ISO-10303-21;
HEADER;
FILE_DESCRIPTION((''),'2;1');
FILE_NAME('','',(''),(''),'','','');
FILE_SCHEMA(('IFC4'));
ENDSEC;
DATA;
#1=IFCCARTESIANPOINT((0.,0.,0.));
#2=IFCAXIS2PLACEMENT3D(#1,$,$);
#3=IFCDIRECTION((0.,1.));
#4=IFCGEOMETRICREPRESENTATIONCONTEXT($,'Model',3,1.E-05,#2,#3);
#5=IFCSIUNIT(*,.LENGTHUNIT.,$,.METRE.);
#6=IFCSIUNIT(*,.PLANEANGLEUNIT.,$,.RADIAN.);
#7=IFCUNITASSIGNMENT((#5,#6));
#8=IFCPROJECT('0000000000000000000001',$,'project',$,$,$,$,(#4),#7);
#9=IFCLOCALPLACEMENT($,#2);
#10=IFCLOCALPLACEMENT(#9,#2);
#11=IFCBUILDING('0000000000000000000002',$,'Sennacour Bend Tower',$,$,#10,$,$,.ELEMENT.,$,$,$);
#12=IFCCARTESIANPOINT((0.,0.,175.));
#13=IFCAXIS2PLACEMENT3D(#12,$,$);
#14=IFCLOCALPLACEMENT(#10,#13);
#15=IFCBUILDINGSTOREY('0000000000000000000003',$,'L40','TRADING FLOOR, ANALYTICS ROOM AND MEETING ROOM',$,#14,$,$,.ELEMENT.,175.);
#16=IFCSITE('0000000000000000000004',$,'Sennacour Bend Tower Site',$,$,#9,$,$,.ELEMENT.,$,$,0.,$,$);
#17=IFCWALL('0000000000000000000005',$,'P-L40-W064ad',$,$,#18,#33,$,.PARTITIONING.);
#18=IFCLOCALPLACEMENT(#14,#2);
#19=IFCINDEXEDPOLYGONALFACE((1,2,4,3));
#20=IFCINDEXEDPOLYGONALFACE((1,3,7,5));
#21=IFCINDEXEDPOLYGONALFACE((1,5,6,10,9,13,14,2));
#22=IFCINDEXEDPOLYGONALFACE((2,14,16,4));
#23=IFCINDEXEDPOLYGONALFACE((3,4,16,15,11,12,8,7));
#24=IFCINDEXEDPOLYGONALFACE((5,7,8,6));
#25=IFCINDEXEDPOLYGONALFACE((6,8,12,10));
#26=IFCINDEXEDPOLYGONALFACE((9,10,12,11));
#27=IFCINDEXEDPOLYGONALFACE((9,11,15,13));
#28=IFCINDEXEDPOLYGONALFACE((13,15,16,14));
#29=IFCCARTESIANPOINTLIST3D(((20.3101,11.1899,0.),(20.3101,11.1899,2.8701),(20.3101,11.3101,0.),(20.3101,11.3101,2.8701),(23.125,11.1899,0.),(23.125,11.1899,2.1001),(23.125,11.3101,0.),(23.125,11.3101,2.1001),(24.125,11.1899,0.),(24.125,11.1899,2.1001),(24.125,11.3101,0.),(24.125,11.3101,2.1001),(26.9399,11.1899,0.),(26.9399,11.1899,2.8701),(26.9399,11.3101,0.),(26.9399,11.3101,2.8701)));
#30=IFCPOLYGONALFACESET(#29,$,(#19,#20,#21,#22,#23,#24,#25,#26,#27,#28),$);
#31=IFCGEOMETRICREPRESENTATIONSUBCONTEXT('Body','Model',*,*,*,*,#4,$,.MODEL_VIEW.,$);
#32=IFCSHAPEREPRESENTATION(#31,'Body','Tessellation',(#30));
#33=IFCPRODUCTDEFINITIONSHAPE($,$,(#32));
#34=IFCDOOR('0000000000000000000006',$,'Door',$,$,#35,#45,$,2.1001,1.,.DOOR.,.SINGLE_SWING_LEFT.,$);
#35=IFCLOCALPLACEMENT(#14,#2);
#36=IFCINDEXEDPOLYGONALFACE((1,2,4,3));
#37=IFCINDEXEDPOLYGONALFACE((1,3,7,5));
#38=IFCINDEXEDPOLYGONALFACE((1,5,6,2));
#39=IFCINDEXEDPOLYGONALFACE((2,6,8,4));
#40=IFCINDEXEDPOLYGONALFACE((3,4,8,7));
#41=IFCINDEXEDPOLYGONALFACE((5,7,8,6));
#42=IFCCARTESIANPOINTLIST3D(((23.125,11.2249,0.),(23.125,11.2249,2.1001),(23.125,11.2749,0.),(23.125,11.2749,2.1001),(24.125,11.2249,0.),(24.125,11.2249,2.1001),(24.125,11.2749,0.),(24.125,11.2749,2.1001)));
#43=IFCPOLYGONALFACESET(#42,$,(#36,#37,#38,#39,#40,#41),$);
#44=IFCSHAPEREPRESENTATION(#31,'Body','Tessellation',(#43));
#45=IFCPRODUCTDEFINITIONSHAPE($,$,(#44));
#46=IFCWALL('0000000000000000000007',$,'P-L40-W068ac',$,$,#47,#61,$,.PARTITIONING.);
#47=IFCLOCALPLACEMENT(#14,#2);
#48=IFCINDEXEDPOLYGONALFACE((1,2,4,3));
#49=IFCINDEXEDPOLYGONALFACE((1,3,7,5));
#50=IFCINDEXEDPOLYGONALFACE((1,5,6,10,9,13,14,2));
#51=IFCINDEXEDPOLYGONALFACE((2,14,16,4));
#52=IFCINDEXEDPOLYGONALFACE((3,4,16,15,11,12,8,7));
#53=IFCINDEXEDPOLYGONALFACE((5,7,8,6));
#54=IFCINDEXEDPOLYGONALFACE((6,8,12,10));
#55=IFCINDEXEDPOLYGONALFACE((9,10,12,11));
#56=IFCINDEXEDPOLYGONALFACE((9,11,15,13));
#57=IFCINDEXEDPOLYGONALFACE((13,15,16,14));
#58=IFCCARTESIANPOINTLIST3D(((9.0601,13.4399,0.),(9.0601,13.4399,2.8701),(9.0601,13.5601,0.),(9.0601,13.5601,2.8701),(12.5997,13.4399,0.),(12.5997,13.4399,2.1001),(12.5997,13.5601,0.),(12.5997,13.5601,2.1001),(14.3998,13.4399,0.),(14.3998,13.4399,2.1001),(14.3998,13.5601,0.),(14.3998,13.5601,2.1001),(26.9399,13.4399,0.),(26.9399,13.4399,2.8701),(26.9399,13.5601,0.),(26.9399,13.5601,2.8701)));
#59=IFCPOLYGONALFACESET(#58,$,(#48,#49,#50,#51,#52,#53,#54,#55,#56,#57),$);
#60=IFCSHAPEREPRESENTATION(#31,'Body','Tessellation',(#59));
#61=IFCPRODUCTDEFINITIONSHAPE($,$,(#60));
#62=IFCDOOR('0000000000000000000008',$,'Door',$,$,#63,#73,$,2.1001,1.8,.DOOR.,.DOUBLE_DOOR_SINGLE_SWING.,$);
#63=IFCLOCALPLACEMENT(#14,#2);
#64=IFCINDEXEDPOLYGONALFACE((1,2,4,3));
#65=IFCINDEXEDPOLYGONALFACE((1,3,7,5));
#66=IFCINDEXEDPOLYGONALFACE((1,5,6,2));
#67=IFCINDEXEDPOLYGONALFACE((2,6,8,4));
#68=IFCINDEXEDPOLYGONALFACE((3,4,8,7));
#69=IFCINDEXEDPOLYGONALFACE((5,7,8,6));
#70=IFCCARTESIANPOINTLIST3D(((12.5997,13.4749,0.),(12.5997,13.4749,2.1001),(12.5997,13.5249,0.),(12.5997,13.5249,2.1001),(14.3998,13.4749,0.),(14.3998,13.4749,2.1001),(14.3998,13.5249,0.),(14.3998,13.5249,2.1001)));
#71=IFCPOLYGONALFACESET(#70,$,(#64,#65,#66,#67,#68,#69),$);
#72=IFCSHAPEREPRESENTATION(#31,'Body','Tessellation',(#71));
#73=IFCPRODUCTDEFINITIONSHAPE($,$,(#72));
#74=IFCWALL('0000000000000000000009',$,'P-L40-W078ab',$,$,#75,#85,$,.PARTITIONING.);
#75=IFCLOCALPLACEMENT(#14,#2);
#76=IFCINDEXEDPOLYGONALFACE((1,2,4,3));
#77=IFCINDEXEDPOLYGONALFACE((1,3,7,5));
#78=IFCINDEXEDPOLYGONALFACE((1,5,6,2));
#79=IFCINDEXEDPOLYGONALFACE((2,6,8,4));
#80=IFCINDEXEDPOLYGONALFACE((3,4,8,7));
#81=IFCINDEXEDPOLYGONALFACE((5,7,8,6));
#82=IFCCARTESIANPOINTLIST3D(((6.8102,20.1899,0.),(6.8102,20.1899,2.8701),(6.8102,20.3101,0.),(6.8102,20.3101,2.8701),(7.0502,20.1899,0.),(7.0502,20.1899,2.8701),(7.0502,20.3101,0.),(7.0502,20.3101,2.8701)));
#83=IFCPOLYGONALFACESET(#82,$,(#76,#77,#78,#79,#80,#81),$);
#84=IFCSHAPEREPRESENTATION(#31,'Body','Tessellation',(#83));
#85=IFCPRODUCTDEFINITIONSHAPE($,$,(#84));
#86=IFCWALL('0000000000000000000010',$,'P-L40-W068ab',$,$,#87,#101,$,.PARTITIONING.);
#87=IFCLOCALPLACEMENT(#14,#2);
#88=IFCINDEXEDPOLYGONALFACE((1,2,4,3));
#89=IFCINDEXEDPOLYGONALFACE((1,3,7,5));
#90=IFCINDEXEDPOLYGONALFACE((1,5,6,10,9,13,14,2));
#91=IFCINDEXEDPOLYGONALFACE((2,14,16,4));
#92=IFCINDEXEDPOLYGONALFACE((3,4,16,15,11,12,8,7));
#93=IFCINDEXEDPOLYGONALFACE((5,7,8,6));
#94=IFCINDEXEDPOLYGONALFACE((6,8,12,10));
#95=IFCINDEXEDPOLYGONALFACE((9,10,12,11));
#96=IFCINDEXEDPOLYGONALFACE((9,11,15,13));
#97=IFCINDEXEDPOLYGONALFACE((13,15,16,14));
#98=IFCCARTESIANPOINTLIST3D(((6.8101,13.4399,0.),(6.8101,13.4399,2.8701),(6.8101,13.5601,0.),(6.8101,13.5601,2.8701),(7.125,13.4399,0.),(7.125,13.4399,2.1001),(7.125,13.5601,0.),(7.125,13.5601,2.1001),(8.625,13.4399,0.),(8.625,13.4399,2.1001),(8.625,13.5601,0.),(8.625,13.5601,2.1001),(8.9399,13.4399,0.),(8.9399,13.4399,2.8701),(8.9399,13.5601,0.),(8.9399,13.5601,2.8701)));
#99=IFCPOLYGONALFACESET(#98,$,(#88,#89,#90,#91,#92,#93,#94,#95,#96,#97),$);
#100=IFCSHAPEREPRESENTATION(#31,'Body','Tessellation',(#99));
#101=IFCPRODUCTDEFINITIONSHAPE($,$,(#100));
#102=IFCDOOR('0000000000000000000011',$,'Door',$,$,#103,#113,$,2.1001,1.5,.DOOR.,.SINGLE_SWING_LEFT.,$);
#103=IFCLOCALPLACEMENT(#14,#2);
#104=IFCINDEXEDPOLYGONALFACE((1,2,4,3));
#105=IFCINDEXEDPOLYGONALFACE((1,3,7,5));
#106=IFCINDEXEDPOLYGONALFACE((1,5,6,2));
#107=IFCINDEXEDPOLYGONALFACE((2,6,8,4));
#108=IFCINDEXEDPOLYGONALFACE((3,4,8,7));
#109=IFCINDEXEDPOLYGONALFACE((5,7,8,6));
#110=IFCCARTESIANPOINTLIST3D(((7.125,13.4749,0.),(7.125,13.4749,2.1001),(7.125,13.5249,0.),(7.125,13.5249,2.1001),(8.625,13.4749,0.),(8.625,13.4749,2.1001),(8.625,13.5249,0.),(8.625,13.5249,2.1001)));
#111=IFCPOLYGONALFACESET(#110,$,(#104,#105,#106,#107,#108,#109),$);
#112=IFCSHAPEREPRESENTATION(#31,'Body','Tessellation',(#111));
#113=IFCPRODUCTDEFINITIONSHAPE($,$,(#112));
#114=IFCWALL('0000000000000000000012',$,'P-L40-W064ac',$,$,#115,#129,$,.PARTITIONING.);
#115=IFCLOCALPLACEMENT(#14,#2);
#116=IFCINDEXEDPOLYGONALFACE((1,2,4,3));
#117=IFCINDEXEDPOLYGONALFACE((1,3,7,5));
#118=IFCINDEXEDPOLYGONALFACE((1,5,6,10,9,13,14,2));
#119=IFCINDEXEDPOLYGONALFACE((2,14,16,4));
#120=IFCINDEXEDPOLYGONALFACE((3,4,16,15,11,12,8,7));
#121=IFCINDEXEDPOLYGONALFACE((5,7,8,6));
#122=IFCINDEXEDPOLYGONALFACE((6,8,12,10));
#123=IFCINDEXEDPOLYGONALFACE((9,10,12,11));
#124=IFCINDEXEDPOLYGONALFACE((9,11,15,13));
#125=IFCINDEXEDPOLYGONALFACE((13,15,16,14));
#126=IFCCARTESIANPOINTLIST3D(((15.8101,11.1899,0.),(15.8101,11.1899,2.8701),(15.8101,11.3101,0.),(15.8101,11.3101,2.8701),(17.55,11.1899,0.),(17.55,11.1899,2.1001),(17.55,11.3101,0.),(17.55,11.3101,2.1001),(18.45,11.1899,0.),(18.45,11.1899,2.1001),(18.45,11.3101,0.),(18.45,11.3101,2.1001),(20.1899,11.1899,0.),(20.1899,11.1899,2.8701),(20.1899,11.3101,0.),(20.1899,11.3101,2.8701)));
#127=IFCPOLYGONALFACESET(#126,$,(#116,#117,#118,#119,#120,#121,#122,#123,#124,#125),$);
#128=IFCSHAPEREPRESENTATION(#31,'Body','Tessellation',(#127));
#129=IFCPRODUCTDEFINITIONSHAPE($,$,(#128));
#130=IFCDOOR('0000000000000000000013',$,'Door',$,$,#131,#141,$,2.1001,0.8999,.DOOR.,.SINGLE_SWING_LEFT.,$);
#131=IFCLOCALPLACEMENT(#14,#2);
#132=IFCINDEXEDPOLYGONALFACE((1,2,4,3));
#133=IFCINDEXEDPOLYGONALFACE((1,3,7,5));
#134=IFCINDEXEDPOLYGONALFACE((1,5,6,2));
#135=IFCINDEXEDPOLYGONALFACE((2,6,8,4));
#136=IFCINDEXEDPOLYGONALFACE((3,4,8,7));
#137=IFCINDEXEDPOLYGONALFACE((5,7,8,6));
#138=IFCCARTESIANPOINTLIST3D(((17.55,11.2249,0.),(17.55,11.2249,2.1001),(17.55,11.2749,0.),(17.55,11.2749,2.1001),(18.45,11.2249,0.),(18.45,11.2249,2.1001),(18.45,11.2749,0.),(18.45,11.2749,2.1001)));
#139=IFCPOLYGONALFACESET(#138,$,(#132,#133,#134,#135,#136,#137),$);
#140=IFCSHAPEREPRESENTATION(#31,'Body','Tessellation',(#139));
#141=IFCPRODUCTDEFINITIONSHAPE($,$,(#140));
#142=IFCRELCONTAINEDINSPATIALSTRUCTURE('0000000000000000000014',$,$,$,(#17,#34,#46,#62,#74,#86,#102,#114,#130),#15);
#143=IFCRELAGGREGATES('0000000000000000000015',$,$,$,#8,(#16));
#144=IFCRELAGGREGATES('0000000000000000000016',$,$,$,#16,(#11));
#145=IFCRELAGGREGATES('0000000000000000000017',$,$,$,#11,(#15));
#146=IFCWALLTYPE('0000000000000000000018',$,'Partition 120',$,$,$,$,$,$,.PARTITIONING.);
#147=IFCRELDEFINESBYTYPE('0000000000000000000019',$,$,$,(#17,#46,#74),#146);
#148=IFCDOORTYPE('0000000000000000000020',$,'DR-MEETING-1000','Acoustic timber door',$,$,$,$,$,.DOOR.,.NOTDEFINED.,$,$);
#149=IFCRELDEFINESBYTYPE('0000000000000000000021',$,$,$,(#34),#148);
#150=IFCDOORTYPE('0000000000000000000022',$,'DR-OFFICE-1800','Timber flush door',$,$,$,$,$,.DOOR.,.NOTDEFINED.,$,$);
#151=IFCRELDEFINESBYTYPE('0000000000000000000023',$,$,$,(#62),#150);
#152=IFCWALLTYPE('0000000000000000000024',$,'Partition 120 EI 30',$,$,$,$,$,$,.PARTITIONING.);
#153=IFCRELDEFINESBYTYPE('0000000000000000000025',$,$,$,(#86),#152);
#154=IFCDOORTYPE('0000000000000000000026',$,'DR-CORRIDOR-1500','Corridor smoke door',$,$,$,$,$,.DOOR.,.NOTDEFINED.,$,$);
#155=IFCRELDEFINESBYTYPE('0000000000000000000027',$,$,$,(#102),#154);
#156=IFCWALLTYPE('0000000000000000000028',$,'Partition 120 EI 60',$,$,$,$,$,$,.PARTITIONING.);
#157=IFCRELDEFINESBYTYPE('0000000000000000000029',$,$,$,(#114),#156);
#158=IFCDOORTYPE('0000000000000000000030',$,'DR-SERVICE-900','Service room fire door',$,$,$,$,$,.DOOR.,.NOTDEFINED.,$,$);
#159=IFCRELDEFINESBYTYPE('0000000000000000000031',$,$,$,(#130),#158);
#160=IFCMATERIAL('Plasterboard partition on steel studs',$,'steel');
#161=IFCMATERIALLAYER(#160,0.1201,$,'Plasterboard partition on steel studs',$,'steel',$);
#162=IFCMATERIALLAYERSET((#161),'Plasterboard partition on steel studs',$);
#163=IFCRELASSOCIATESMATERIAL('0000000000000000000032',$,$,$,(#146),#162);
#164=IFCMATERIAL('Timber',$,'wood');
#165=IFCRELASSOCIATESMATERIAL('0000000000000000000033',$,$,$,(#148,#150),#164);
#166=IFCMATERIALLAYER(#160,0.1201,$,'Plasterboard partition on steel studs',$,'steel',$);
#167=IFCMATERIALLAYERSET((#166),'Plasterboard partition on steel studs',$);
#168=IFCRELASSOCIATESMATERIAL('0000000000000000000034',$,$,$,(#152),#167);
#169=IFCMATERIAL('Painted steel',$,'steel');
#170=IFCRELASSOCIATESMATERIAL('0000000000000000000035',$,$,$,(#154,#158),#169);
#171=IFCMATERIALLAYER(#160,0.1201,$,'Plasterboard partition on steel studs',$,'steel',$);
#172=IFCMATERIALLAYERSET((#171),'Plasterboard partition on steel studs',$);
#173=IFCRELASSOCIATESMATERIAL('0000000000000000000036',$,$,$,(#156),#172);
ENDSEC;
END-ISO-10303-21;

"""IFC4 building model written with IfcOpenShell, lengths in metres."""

from ifc_helpers import new_model, si_unit, direction, frame, frame_2d, origin, place, context, subcontext, project, spatial, rectangle, extrude, material, layer, layer_set, type_object, element, fill, save


model = new_model("IFC4")

# Units and contexts
model_context = context("Model", 3, precision=1e-05, world=origin(), true_north=direction((0.0, 1.0)))
body_context = subcontext(model_context, "Body", "Model", "MODEL_VIEW")
ifc_project = project(units=[si_unit("LENGTHUNIT", "METRE"), si_unit("PLANEANGLEUNIT", "RADIAN")], contexts=[model_context])

# Site, building, storey
site_placement = place(None, origin())
site = spatial("IfcSite", under=ifc_project, at=site_placement, Name="Sennacour Bend Tower Site", CompositionType="ELEMENT", RefElevation=0.0)
building_placement = place(site_placement, origin())
building = spatial("IfcBuilding", under=site, at=building_placement, Name="Sennacour Bend Tower", CompositionType="ELEMENT")
storey_placement = place(building_placement, frame((0.0, 0.0, 175.0)))
storey = spatial("IfcBuildingStorey", under=building, at=storey_placement, Name="L40", Description="TRADING FLOOR, ANALYTICS ROOM AND MEETING ROOM", CompositionType="ELEMENT", Elevation=175.0)

# Shared definitions
ifc_material_1 = material(Name="Plasterboard partition on steel studs", Category="steel")
ifc_layer_1 = layer(ifc_material_1, 0.1201, Name="Plasterboard partition on steel studs", Category="steel")
ifc_layer_set_1 = layer_set([ifc_layer_1], Name="Plasterboard partition on steel studs")
wall_type_1 = type_object("IfcWallType", Name="Partition 120", PredefinedType="PARTITIONING", material=ifc_layer_set_1)
ifc_material_2 = material(Name="Timber", Category="wood")

# Walls, openings, doors
wall_1_placement = place(storey_placement, frame((20.3101, 11.25, 0.0), z_axis=(0.0, 0.0, 1.0), x_axis=(1.0, 0.0, 0.0)))
wall_1 = element("IfcWall", 1, at=wall_1_placement, inside=storey, type_object=wall_type_1, Name="P-L40-W064ad", PredefinedType="PARTITIONING", context=body_context, shape_type="SweptSolid", body=[
    extrude(rectangle(XDim=6.6299, YDim=0.1201, at=frame_2d((3.3149, 0.0))), origin(), (0.0, 0.0, 1.0), 2.8701),
])
opening_1_placement = place(wall_1_placement, frame((2.8149, 0.0, 0.0)))
opening_1 = element("IfcOpeningElement", 2, at=opening_1_placement, cuts=wall_1, PredefinedType="OPENING", context=body_context, shape_type="SweptSolid", body=[
    extrude(rectangle(XDim=1.0, YDim=2.1001, at=frame_2d((0.5, 1.05))), frame((0.0, 0.0701, 0.0), z_axis=(0.0, -1.0, 0.0), x_axis=(1.0, 0.0, 0.0)), (0.0, 0.0, 1.0), 0.1401),
])
door_type_1 = type_object("IfcDoorType", Name="DR-MEETING-1000", Description="Acoustic timber door", OperationType="NOTDEFINED", PredefinedType="DOOR", material=ifc_material_2)
door_1_placement = place(opening_1_placement, origin())
door_1 = element("IfcDoor", 3, at=door_1_placement, inside=storey, type_object=door_type_1, Name="Door", OperationType="SINGLE_SWING_LEFT", OverallHeight=2.1001, OverallWidth=1.0, PredefinedType="DOOR", context=body_context, shape_type="SweptSolid", body=[
    extrude(rectangle(XDim=1.0, YDim=2.1001, at=frame_2d((0.5, 1.05))), frame((0.0, 0.0249, 0.0), z_axis=(0.0, -1.0, 0.0), x_axis=(1.0, 0.0, 0.0)), (0.0, 0.0, 1.0), 0.05),
])
fill(opening_1, door_1)
wall_2_placement = place(storey_placement, frame((9.0601, 13.5, 0.0), z_axis=(0.0, 0.0, 1.0), x_axis=(1.0, 0.0, 0.0)))
wall_2 = element("IfcWall", 4, at=wall_2_placement, inside=storey, type_object=wall_type_1, Name="P-L40-W068ac", PredefinedType="PARTITIONING", context=body_context, shape_type="SweptSolid", body=[
    extrude(rectangle(XDim=17.8799, YDim=0.1201, at=frame_2d((8.9399, 0.0))), origin(), (0.0, 0.0, 1.0), 2.8701),
])
opening_2_placement = place(wall_2_placement, frame((3.5398, 0.0, 0.0)))
opening_2 = element("IfcOpeningElement", 5, at=opening_2_placement, cuts=wall_2, PredefinedType="OPENING", context=body_context, shape_type="SweptSolid", body=[
    extrude(rectangle(XDim=1.8, YDim=2.1001, at=frame_2d((0.8999, 1.05))), frame((0.0, 0.0701, 0.0), z_axis=(0.0, -1.0, 0.0), x_axis=(1.0, 0.0, 0.0)), (0.0, 0.0, 1.0), 0.1401),
])
door_type_2 = type_object("IfcDoorType", Name="DR-OFFICE-1800", Description="Timber flush door", OperationType="NOTDEFINED", PredefinedType="DOOR", material=ifc_material_2)
door_2_placement = place(opening_2_placement, origin())
door_2 = element("IfcDoor", 6, at=door_2_placement, inside=storey, type_object=door_type_2, Name="Door", OperationType="DOUBLE_DOOR_SINGLE_SWING", OverallHeight=2.1001, OverallWidth=1.8, PredefinedType="DOOR", context=body_context, shape_type="SweptSolid", body=[
    extrude(rectangle(XDim=1.8, YDim=2.1001, at=frame_2d((0.8999, 1.05))), frame((0.0, 0.0249, 0.0), z_axis=(0.0, -1.0, 0.0), x_axis=(1.0, 0.0, 0.0)), (0.0, 0.0, 1.0), 0.05),
])
fill(opening_2, door_2)

# Wall
wall_3_placement = place(storey_placement, frame((6.8101, 20.25, 0.0), z_axis=(0.0, 0.0, 1.0), x_axis=(1.0, 0.0, 0.0)))
element("IfcWall", 7, at=wall_3_placement, inside=storey, type_object=wall_type_1, Name="P-L40-W078ab", PredefinedType="PARTITIONING", context=body_context, shape_type="SweptSolid", body=[
    extrude(rectangle(XDim=0.24, YDim=0.1201, at=frame_2d((0.1201, 0.0))), origin(), (0.0, 0.0, 1.0), 2.8701),
])

# Walls, openings, doors
ifc_layer_2 = layer(ifc_material_1, 0.1201, Name="Plasterboard partition on steel studs", Category="steel")
ifc_layer_set_2 = layer_set([ifc_layer_2], Name="Plasterboard partition on steel studs")
wall_type_2 = type_object("IfcWallType", Name="Partition 120 EI 30", PredefinedType="PARTITIONING", material=ifc_layer_set_2)
wall_4_placement = place(storey_placement, frame((6.8101, 13.5, 0.0), z_axis=(0.0, 0.0, 1.0), x_axis=(1.0, 0.0, 0.0)))
wall_4 = element("IfcWall", 8, at=wall_4_placement, inside=storey, type_object=wall_type_2, Name="P-L40-W068ab", PredefinedType="PARTITIONING", context=body_context, shape_type="SweptSolid", body=[
    extrude(rectangle(XDim=2.1299, YDim=0.1201, at=frame_2d((1.0649, 0.0))), origin(), (0.0, 0.0, 1.0), 2.8701),
])
opening_3_placement = place(wall_4_placement, frame((0.3149, 0.0, 0.0)))
opening_3 = element("IfcOpeningElement", 9, at=opening_3_placement, cuts=wall_4, PredefinedType="OPENING", context=body_context, shape_type="SweptSolid", body=[
    extrude(rectangle(XDim=1.5, YDim=2.1001, at=frame_2d((0.75, 1.05))), frame((0.0, 0.0701, 0.0), z_axis=(0.0, -1.0, 0.0), x_axis=(1.0, 0.0, 0.0)), (0.0, 0.0, 1.0), 0.1401),
])
ifc_material_3 = material(Name="Painted steel", Category="steel")
door_type_3 = type_object("IfcDoorType", Name="DR-CORRIDOR-1500", Description="Corridor smoke door", OperationType="NOTDEFINED", PredefinedType="DOOR", material=ifc_material_3)
door_3_placement = place(opening_3_placement, origin())
door_3 = element("IfcDoor", 10, at=door_3_placement, inside=storey, type_object=door_type_3, Name="Door", OperationType="SINGLE_SWING_LEFT", OverallHeight=2.1001, OverallWidth=1.5, PredefinedType="DOOR", context=body_context, shape_type="SweptSolid", body=[
    extrude(rectangle(XDim=1.5, YDim=2.1001, at=frame_2d((0.75, 1.05))), frame((0.0, 0.0249, 0.0), z_axis=(0.0, -1.0, 0.0), x_axis=(1.0, 0.0, 0.0)), (0.0, 0.0, 1.0), 0.05),
])
fill(opening_3, door_3)
ifc_layer_3 = layer(ifc_material_1, 0.1201, Name="Plasterboard partition on steel studs", Category="steel")
ifc_layer_set_3 = layer_set([ifc_layer_3], Name="Plasterboard partition on steel studs")
wall_type_3 = type_object("IfcWallType", Name="Partition 120 EI 60", PredefinedType="PARTITIONING", material=ifc_layer_set_3)
wall_5_placement = place(storey_placement, frame((15.8101, 11.25, 0.0), z_axis=(0.0, 0.0, 1.0), x_axis=(1.0, 0.0, 0.0)))
wall_5 = element("IfcWall", 11, at=wall_5_placement, inside=storey, type_object=wall_type_3, Name="P-L40-W064ac", PredefinedType="PARTITIONING", context=body_context, shape_type="SweptSolid", body=[
    extrude(rectangle(XDim=4.3799, YDim=0.1201, at=frame_2d((2.1899, 0.0))), origin(), (0.0, 0.0, 1.0), 2.8701),
])
opening_4_placement = place(wall_5_placement, frame((1.74, 0.0, 0.0)))
opening_4 = element("IfcOpeningElement", 12, at=opening_4_placement, cuts=wall_5, PredefinedType="OPENING", context=body_context, shape_type="SweptSolid", body=[
    extrude(rectangle(XDim=0.8999, YDim=2.1001, at=frame_2d((0.45, 1.05))), frame((0.0, 0.0701, 0.0), z_axis=(0.0, -1.0, 0.0), x_axis=(1.0, 0.0, 0.0)), (0.0, 0.0, 1.0), 0.1401),
])
door_type_4 = type_object("IfcDoorType", Name="DR-SERVICE-900", Description="Service room fire door", OperationType="NOTDEFINED", PredefinedType="DOOR", material=ifc_material_3)
door_4_placement = place(opening_4_placement, origin())
door_4 = element("IfcDoor", 13, at=door_4_placement, inside=storey, type_object=door_type_4, Name="Door", OperationType="SINGLE_SWING_LEFT", OverallHeight=2.1001, OverallWidth=0.8999, PredefinedType="DOOR", context=body_context, shape_type="SweptSolid", body=[
    extrude(rectangle(XDim=0.8999, YDim=2.1001, at=frame_2d((0.45, 1.05))), frame((0.0, 0.0249, 0.0), z_axis=(0.0, -1.0, 0.0), x_axis=(1.0, 0.0, 0.0)), (0.0, 0.0, 1.0), 0.05),
])
fill(opening_4, door_4)

save(model, "model.ifc")
